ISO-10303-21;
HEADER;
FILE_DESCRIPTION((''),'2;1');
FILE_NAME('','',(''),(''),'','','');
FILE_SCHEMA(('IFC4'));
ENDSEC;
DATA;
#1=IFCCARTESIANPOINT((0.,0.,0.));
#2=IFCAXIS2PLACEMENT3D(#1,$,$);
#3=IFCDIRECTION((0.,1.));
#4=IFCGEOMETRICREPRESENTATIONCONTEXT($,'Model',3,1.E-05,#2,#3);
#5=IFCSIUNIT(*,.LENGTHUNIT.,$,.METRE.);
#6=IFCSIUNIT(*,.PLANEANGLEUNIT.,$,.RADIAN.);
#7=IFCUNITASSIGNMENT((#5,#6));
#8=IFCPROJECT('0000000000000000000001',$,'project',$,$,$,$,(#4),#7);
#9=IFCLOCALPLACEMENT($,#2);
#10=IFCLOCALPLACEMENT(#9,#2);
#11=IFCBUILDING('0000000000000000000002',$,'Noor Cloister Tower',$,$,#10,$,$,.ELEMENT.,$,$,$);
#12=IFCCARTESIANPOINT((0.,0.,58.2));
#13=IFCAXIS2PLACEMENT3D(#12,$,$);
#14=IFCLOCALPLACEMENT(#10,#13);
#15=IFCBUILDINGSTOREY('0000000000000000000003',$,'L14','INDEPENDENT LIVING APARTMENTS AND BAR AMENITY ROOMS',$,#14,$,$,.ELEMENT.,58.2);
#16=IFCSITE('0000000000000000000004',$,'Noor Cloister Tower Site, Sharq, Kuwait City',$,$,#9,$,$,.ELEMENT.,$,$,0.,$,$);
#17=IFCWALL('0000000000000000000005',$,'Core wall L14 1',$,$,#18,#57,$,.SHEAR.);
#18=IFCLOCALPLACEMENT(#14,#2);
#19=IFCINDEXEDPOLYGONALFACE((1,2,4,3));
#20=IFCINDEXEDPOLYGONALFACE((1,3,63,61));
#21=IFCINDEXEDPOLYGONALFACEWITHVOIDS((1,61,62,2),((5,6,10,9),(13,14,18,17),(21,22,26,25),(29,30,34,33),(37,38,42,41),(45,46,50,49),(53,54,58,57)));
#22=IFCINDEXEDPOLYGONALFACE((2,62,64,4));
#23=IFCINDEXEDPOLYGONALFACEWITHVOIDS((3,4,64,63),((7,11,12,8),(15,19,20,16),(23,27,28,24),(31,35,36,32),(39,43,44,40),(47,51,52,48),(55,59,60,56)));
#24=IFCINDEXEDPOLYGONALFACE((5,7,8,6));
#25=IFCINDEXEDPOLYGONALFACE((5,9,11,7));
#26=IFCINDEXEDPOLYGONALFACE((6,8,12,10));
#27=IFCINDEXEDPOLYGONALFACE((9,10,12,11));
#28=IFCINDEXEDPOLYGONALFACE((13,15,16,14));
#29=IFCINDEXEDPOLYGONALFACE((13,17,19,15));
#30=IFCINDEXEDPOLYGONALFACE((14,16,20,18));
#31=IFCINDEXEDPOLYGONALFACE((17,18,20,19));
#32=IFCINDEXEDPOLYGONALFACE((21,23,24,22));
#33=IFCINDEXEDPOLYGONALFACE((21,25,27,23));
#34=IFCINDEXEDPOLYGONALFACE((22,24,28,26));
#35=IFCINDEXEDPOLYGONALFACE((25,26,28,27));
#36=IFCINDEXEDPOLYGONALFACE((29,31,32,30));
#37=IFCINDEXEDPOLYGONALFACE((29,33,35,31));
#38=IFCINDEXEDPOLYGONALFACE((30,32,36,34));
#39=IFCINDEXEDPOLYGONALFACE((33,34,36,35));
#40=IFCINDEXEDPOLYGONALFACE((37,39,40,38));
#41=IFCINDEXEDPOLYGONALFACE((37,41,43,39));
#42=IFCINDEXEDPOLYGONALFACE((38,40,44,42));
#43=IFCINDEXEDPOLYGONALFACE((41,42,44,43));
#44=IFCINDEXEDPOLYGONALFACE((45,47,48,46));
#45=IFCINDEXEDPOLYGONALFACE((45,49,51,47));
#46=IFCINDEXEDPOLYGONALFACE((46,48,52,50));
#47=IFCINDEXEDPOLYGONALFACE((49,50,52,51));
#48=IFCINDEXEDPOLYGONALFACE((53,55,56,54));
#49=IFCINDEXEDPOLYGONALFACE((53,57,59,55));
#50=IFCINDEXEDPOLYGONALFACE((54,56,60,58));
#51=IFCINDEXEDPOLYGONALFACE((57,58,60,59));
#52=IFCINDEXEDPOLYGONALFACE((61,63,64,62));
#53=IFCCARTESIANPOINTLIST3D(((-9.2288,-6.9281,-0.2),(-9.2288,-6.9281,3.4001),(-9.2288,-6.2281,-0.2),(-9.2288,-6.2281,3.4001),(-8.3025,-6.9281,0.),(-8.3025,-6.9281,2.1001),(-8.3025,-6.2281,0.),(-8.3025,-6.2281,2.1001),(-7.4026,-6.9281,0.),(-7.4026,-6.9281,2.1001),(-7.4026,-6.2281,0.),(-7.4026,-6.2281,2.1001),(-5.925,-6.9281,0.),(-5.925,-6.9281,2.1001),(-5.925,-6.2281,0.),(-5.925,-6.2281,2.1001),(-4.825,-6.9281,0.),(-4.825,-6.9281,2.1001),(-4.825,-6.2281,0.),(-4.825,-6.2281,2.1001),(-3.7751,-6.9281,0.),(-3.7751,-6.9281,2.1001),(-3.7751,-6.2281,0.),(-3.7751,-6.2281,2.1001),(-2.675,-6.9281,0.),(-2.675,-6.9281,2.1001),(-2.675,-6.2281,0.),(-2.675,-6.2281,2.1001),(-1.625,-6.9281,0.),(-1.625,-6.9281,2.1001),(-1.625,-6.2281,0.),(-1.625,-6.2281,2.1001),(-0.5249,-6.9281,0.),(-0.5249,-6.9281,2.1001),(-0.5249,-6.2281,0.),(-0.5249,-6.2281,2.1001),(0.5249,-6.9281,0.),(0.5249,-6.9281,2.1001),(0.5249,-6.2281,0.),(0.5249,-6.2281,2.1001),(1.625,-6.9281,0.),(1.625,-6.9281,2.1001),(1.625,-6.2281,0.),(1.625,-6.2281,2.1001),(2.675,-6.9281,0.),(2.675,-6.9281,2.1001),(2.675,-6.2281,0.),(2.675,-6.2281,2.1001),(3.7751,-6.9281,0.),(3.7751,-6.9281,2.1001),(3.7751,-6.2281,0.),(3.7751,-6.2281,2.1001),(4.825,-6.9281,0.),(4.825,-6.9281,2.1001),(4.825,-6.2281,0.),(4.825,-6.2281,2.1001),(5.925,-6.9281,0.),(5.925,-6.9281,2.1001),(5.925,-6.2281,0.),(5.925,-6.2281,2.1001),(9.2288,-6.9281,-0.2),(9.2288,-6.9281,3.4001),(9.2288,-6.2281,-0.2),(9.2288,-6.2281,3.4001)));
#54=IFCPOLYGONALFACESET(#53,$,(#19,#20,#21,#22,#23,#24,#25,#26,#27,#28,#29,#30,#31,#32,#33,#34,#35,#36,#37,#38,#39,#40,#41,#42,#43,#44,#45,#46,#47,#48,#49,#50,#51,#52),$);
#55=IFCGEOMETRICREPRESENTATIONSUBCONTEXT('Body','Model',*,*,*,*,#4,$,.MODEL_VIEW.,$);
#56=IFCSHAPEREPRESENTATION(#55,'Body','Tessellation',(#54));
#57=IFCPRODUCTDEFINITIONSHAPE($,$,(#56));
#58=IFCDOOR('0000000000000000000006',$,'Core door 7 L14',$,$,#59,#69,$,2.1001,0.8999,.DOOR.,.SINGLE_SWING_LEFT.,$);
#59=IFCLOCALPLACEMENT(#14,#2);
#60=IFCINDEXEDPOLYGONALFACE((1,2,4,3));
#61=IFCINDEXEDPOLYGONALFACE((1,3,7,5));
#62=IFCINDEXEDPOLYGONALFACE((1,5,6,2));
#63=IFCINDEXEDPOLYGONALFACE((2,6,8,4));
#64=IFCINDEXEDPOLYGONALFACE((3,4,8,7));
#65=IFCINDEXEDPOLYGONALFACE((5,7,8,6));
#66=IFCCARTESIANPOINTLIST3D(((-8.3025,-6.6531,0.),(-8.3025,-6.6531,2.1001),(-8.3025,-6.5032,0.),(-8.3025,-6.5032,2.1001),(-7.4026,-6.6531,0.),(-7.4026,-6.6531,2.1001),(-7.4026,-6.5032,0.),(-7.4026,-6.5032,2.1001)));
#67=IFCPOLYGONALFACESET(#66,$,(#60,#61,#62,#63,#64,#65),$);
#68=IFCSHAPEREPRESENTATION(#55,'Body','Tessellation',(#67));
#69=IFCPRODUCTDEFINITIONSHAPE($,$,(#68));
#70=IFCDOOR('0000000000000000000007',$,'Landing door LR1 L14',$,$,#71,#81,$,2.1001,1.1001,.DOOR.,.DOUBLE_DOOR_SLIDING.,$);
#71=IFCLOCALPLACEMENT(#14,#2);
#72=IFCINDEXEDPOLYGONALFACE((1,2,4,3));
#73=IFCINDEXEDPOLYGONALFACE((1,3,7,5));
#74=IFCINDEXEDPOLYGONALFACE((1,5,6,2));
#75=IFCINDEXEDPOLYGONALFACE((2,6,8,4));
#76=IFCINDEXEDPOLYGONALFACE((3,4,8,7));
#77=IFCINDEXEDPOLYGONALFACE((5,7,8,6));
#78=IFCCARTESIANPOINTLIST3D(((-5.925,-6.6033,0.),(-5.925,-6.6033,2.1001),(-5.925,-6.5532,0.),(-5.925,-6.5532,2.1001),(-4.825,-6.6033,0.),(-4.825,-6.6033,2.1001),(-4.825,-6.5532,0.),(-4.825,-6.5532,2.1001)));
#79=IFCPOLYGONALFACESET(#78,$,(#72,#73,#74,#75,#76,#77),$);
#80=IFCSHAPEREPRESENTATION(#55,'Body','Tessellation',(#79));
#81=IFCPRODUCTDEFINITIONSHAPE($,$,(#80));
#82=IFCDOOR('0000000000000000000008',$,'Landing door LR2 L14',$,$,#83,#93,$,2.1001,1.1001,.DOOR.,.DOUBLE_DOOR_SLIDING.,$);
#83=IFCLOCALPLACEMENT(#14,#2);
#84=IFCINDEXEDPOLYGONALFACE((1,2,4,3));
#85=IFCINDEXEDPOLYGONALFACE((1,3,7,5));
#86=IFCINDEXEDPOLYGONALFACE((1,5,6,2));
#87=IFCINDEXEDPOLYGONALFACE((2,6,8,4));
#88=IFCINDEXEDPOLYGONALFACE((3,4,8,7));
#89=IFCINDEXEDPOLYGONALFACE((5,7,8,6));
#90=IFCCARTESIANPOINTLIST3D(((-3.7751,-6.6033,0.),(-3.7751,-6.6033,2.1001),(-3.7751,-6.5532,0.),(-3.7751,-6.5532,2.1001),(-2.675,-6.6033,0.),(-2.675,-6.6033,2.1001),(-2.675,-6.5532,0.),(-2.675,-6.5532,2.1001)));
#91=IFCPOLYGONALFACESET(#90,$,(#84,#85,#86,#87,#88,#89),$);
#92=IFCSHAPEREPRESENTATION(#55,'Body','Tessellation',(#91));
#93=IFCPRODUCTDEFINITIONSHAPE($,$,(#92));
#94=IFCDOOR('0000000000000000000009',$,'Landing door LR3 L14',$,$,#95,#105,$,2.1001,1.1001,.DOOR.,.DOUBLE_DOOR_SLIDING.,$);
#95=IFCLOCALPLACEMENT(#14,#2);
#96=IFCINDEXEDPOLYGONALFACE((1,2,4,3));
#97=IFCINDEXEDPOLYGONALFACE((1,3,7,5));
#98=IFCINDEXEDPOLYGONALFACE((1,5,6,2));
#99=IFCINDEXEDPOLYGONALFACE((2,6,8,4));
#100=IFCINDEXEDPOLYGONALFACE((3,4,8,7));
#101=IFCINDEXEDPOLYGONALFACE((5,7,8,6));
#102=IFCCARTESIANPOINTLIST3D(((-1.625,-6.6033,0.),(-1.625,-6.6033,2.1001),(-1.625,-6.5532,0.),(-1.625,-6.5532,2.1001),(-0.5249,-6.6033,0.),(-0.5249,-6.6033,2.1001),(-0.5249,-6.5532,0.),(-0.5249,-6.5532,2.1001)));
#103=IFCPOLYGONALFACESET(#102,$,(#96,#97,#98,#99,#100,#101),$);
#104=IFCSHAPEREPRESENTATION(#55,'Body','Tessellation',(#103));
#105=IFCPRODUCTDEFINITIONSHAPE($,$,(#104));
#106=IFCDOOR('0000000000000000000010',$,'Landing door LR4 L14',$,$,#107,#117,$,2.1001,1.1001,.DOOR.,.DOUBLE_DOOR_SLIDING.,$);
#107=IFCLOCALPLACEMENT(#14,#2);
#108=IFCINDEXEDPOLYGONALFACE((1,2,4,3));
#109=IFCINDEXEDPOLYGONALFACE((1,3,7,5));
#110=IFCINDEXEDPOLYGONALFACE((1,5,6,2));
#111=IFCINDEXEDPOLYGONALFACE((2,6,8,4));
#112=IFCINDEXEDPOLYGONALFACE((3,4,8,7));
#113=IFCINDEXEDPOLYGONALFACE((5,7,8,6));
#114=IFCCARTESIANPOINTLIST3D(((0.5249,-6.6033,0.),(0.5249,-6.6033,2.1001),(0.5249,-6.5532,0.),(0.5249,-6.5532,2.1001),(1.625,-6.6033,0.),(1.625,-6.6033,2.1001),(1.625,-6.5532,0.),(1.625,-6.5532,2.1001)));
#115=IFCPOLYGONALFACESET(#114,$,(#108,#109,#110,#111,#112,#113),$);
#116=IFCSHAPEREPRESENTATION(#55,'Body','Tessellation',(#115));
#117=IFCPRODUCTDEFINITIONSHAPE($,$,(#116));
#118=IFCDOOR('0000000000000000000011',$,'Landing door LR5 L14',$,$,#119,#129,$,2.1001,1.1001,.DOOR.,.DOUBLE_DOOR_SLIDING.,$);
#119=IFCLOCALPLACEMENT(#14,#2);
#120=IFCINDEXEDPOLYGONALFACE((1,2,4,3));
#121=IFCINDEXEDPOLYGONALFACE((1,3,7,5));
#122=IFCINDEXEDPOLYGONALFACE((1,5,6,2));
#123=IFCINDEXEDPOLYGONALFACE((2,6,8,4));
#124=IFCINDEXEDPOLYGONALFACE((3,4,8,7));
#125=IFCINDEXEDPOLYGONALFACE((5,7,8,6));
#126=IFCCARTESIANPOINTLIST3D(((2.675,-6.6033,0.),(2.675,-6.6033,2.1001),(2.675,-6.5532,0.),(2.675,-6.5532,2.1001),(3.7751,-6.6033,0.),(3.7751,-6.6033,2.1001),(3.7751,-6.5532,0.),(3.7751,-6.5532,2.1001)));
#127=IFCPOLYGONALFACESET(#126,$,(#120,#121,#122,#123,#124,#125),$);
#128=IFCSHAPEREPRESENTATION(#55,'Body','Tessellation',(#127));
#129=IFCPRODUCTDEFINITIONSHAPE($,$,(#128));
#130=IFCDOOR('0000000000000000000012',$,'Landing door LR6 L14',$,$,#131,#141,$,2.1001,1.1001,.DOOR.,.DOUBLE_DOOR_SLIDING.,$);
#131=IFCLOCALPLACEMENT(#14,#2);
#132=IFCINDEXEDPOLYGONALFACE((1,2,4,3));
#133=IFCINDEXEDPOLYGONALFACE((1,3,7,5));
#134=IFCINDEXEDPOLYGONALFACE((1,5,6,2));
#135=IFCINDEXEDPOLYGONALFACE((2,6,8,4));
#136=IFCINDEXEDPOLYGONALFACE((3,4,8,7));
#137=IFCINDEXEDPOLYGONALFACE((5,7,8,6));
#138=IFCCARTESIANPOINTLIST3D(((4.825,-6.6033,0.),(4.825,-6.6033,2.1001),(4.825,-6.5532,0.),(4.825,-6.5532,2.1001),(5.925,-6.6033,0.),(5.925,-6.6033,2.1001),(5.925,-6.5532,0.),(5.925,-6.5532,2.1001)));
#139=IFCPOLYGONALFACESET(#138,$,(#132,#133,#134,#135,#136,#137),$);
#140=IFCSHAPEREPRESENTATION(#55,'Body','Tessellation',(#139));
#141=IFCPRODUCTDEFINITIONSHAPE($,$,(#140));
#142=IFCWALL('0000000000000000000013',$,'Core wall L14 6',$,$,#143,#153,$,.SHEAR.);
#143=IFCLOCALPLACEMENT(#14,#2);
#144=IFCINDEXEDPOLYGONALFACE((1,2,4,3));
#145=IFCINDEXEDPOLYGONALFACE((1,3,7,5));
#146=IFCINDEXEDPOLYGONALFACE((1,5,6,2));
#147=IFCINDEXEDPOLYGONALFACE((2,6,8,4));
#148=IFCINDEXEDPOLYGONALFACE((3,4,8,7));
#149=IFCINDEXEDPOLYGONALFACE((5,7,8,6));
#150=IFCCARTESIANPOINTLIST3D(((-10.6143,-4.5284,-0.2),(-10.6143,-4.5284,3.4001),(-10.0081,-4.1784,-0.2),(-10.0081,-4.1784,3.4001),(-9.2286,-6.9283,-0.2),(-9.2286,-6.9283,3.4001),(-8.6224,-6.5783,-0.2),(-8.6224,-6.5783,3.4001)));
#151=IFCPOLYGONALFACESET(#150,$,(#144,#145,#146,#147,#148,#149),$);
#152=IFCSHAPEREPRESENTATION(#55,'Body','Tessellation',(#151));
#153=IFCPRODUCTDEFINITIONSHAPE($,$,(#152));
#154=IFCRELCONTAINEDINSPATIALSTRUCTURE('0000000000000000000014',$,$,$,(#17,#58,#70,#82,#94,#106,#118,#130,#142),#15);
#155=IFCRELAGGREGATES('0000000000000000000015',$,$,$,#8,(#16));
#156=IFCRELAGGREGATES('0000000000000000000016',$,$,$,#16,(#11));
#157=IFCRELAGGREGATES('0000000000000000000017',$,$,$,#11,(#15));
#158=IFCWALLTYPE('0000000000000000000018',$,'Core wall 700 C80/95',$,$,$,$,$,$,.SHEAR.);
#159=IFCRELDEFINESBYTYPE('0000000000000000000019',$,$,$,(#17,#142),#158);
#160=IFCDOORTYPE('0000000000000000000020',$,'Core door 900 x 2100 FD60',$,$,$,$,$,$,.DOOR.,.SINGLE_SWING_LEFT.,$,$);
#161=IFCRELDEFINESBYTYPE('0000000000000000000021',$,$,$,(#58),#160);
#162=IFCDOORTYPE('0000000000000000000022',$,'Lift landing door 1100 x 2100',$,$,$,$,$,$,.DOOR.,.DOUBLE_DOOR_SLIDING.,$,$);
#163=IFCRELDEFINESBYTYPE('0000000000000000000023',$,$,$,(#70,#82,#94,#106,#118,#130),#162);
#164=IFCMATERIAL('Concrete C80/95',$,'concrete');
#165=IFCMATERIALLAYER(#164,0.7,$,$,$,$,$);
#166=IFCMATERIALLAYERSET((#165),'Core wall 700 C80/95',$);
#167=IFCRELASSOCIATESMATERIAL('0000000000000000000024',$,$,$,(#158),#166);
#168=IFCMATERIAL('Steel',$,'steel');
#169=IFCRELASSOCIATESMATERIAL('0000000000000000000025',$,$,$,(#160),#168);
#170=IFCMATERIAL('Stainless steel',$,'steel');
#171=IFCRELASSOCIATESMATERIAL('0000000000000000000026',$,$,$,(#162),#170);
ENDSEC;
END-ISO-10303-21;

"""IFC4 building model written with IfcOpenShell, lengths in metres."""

from ifc_helpers import new_model, si_unit, direction, frame, frame_2d, origin, place, context, subcontext, project, spatial, rectangle, extrude, material, layer, layer_set, type_object, element, fill, save


model = new_model("IFC4")

# Units and contexts
model_context = context("Model", 3, precision=1e-05, world=origin(), true_north=direction((0.0, 1.0)))
body_context = subcontext(model_context, "Body", "Model", "MODEL_VIEW")
ifc_project = project(units=[si_unit("LENGTHUNIT", "METRE"), si_unit("PLANEANGLEUNIT", "RADIAN")], contexts=[model_context])

# Site, building, storey
site_placement = place(None, origin())
site = spatial("IfcSite", under=ifc_project, at=site_placement, Name="Noor Cloister Tower Site, Sharq, Kuwait City", CompositionType="ELEMENT", RefElevation=0.0)
building_placement = place(site_placement, origin())
building = spatial("IfcBuilding", under=site, at=building_placement, Name="Noor Cloister Tower", CompositionType="ELEMENT")
storey_placement = place(building_placement, frame((0.0, 0.0, 58.2)))
storey = spatial("IfcBuildingStorey", under=building, at=storey_placement, Name="L14", Description="INDEPENDENT LIVING APARTMENTS AND BAR AMENITY ROOMS", CompositionType="ELEMENT", Elevation=58.2)

# Wall, openings, doors
ifc_material_1 = material(Name="Concrete C80/95", Category="concrete")
ifc_layer_1 = layer(ifc_material_1, 0.7)
ifc_layer_set_1 = layer_set([ifc_layer_1], Name="Core wall 700 C80/95")
wall_type_1 = type_object("IfcWallType", Name="Core wall 700 C80/95", PredefinedType="SHEAR", material=ifc_layer_set_1)
wall_1_placement = place(storey_placement, frame((-9.2288, -6.5781, -0.2), z_axis=(0.0, 0.0, 1.0), x_axis=(1.0, 0.0, 0.0)))
wall_1 = element("IfcWall", 1, at=wall_1_placement, inside=storey, type_object=wall_type_1, Name="Core wall L14 1", PredefinedType="SHEAR", context=body_context, shape_type="SweptSolid", body=[
    extrude(rectangle(XDim=18.4575, YDim=0.7, at=frame_2d((9.2288, 0.0))), origin(), (0.0, 0.0, 1.0), 3.6001),
])
opening_1_placement = place(wall_1_placement, frame((3.3037, 0.0, 0.2)))
opening_1 = element("IfcOpeningElement", 2, at=opening_1_placement, cuts=wall_1, PredefinedType="OPENING", context=body_context, shape_type="SweptSolid", body=[
    extrude(rectangle(XDim=1.1001, YDim=2.1001, at=frame_2d((0.55, 1.05))), frame((0.0, 0.3599, 0.0), z_axis=(0.0, -1.0, 0.0), x_axis=(1.0, 0.0, 0.0)), (0.0, 0.0, 1.0), 0.72),
])
opening_2_placement = place(wall_1_placement, frame((5.4536, 0.0, 0.2)))
opening_2 = element("IfcOpeningElement", 3, at=opening_2_placement, cuts=wall_1, PredefinedType="OPENING", context=body_context, shape_type="SweptSolid", body=[
    extrude(rectangle(XDim=1.1001, YDim=2.1001, at=frame_2d((0.55, 1.05))), frame((0.0, 0.3599, 0.0), z_axis=(0.0, -1.0, 0.0), x_axis=(1.0, 0.0, 0.0)), (0.0, 0.0, 1.0), 0.72),
])
opening_3_placement = place(wall_1_placement, frame((7.6038, 0.0, 0.2)))
opening_3 = element("IfcOpeningElement", 4, at=opening_3_placement, cuts=wall_1, PredefinedType="OPENING", context=body_context, shape_type="SweptSolid", body=[
    extrude(rectangle(XDim=1.1001, YDim=2.1001, at=frame_2d((0.55, 1.05))), frame((0.0, 0.3599, 0.0), z_axis=(0.0, -1.0, 0.0), x_axis=(1.0, 0.0, 0.0)), (0.0, 0.0, 1.0), 0.72),
])
opening_4_placement = place(wall_1_placement, frame((9.7537, 0.0, 0.2)))
opening_4 = element("IfcOpeningElement", 5, at=opening_4_placement, cuts=wall_1, PredefinedType="OPENING", context=body_context, shape_type="SweptSolid", body=[
    extrude(rectangle(XDim=1.1001, YDim=2.1001, at=frame_2d((0.55, 1.05))), frame((0.0, 0.3599, 0.0), z_axis=(0.0, -1.0, 0.0), x_axis=(1.0, 0.0, 0.0)), (0.0, 0.0, 1.0), 0.72),
])
opening_5_placement = place(wall_1_placement, frame((11.9038, 0.0, 0.2)))
opening_5 = element("IfcOpeningElement", 6, at=opening_5_placement, cuts=wall_1, PredefinedType="OPENING", context=body_context, shape_type="SweptSolid", body=[
    extrude(rectangle(XDim=1.1001, YDim=2.1001, at=frame_2d((0.55, 1.05))), frame((0.0, 0.3599, 0.0), z_axis=(0.0, -1.0, 0.0), x_axis=(1.0, 0.0, 0.0)), (0.0, 0.0, 1.0), 0.72),
])
opening_6_placement = place(wall_1_placement, frame((14.0537, 0.0, 0.2)))
opening_6 = element("IfcOpeningElement", 7, at=opening_6_placement, cuts=wall_1, PredefinedType="OPENING", context=body_context, shape_type="SweptSolid", body=[
    extrude(rectangle(XDim=1.1001, YDim=2.1001, at=frame_2d((0.55, 1.05))), frame((0.0, 0.3599, 0.0), z_axis=(0.0, -1.0, 0.0), x_axis=(1.0, 0.0, 0.0)), (0.0, 0.0, 1.0), 0.72),
])
opening_7_placement = place(wall_1_placement, frame((0.9263, 0.0, 0.2)))
opening_7 = element("IfcOpeningElement", 8, at=opening_7_placement, cuts=wall_1, PredefinedType="OPENING", context=body_context, shape_type="SweptSolid", body=[
    extrude(rectangle(XDim=0.8999, YDim=2.1001, at=frame_2d((0.45, 1.05))), frame((0.0, 0.3599, 0.0), z_axis=(0.0, -1.0, 0.0), x_axis=(1.0, 0.0, 0.0)), (0.0, 0.0, 1.0), 0.72),
])
ifc_material_2 = material(Name="Steel", Category="steel")
door_type_1 = type_object("IfcDoorType", Name="Core door 900 x 2100 FD60", OperationType="SINGLE_SWING_LEFT", PredefinedType="DOOR", material=ifc_material_2)
door_1_placement = place(opening_7_placement, origin())
door_1 = element("IfcDoor", 9, at=door_1_placement, inside=storey, type_object=door_type_1, Name="Core door 7 L14", OperationType="SINGLE_SWING_LEFT", OverallHeight=2.1001, OverallWidth=0.8999, PredefinedType="DOOR", context=body_context, shape_type="SweptSolid", body=[
    extrude(rectangle(XDim=0.8999, YDim=2.1001, at=frame_2d((0.45, 1.05))), frame((0.0, 0.075, 0.0), z_axis=(0.0, -1.0, 0.0), x_axis=(1.0, 0.0, 0.0)), (0.0, 0.0, 1.0), 0.1499),
])
fill(opening_7, door_1)
ifc_material_3 = material(Name="Stainless steel", Category="steel")
door_type_2 = type_object("IfcDoorType", Name="Lift landing door 1100 x 2100", OperationType="DOUBLE_DOOR_SLIDING", PredefinedType="DOOR", material=ifc_material_3)
door_2_placement = place(opening_1_placement, origin())
door_2 = element("IfcDoor", 10, at=door_2_placement, inside=storey, type_object=door_type_2, Name="Landing door LR1 L14", OperationType="DOUBLE_DOOR_SLIDING", OverallHeight=2.1001, OverallWidth=1.1001, PredefinedType="DOOR", context=body_context, shape_type="SweptSolid", body=[
    extrude(rectangle(XDim=1.1001, YDim=2.1001, at=frame_2d((0.55, 1.05))), frame((0.0, 0.0249, 0.0), z_axis=(0.0, -1.0, 0.0), x_axis=(1.0, 0.0, 0.0)), (0.0, 0.0, 1.0), 0.05),
])
fill(opening_1, door_2)
door_3_placement = place(opening_2_placement, origin())
door_3 = element("IfcDoor", 11, at=door_3_placement, inside=storey, type_object=door_type_2, Name="Landing door LR2 L14", OperationType="DOUBLE_DOOR_SLIDING", OverallHeight=2.1001, OverallWidth=1.1001, PredefinedType="DOOR", context=body_context, shape_type="SweptSolid", body=[
    extrude(rectangle(XDim=1.1001, YDim=2.1001, at=frame_2d((0.55, 1.05))), frame((0.0, 0.0249, 0.0), z_axis=(0.0, -1.0, 0.0), x_axis=(1.0, 0.0, 0.0)), (0.0, 0.0, 1.0), 0.05),
])
fill(opening_2, door_3)
door_4_placement = place(opening_3_placement, origin())
door_4 = element("IfcDoor", 12, at=door_4_placement, inside=storey, type_object=door_type_2, Name="Landing door LR3 L14", OperationType="DOUBLE_DOOR_SLIDING", OverallHeight=2.1001, OverallWidth=1.1001, PredefinedType="DOOR", context=body_context, shape_type="SweptSolid", body=[
    extrude(rectangle(XDim=1.1001, YDim=2.1001, at=frame_2d((0.55, 1.05))), frame((0.0, 0.0249, 0.0), z_axis=(0.0, -1.0, 0.0), x_axis=(1.0, 0.0, 0.0)), (0.0, 0.0, 1.0), 0.05),
])
fill(opening_3, door_4)
door_5_placement = place(opening_4_placement, origin())
door_5 = element("IfcDoor", 13, at=door_5_placement, inside=storey, type_object=door_type_2, Name="Landing door LR4 L14", OperationType="DOUBLE_DOOR_SLIDING", OverallHeight=2.1001, OverallWidth=1.1001, PredefinedType="DOOR", context=body_context, shape_type="SweptSolid", body=[
    extrude(rectangle(XDim=1.1001, YDim=2.1001, at=frame_2d((0.55, 1.05))), frame((0.0, 0.0249, 0.0), z_axis=(0.0, -1.0, 0.0), x_axis=(1.0, 0.0, 0.0)), (0.0, 0.0, 1.0), 0.05),
])
fill(opening_4, door_5)
door_6_placement = place(opening_5_placement, origin())
door_6 = element("IfcDoor", 14, at=door_6_placement, inside=storey, type_object=door_type_2, Name="Landing door LR5 L14", OperationType="DOUBLE_DOOR_SLIDING", OverallHeight=2.1001, OverallWidth=1.1001, PredefinedType="DOOR", context=body_context, shape_type="SweptSolid", body=[
    extrude(rectangle(XDim=1.1001, YDim=2.1001, at=frame_2d((0.55, 1.05))), frame((0.0, 0.0249, 0.0), z_axis=(0.0, -1.0, 0.0), x_axis=(1.0, 0.0, 0.0)), (0.0, 0.0, 1.0), 0.05),
])
fill(opening_5, door_6)
door_7_placement = place(opening_6_placement, origin())
door_7 = element("IfcDoor", 15, at=door_7_placement, inside=storey, type_object=door_type_2, Name="Landing door LR6 L14", OperationType="DOUBLE_DOOR_SLIDING", OverallHeight=2.1001, OverallWidth=1.1001, PredefinedType="DOOR", context=body_context, shape_type="SweptSolid", body=[
    extrude(rectangle(XDim=1.1001, YDim=2.1001, at=frame_2d((0.55, 1.05))), frame((0.0, 0.0249, 0.0), z_axis=(0.0, -1.0, 0.0), x_axis=(1.0, 0.0, 0.0)), (0.0, 0.0, 1.0), 0.05),
])
fill(opening_6, door_7)

# Wall
wall_2_placement = place(storey_placement, frame((-10.3113, -4.3533, -0.2), z_axis=(0.0, 0.0, 1.0), x_axis=(0.500043, -0.866001, 0.0)))
element("IfcWall", 16, at=wall_2_placement, inside=storey, type_object=wall_type_1, Name="Core wall L14 6", PredefinedType="SHEAR", context=body_context, shape_type="SweptSolid", body=[
    extrude(rectangle(XDim=2.7712, YDim=0.7, at=frame_2d((1.3857, 0.0))), origin(), (0.0, 0.0, 1.0), 3.6001),
])

save(model, "model.ifc")
